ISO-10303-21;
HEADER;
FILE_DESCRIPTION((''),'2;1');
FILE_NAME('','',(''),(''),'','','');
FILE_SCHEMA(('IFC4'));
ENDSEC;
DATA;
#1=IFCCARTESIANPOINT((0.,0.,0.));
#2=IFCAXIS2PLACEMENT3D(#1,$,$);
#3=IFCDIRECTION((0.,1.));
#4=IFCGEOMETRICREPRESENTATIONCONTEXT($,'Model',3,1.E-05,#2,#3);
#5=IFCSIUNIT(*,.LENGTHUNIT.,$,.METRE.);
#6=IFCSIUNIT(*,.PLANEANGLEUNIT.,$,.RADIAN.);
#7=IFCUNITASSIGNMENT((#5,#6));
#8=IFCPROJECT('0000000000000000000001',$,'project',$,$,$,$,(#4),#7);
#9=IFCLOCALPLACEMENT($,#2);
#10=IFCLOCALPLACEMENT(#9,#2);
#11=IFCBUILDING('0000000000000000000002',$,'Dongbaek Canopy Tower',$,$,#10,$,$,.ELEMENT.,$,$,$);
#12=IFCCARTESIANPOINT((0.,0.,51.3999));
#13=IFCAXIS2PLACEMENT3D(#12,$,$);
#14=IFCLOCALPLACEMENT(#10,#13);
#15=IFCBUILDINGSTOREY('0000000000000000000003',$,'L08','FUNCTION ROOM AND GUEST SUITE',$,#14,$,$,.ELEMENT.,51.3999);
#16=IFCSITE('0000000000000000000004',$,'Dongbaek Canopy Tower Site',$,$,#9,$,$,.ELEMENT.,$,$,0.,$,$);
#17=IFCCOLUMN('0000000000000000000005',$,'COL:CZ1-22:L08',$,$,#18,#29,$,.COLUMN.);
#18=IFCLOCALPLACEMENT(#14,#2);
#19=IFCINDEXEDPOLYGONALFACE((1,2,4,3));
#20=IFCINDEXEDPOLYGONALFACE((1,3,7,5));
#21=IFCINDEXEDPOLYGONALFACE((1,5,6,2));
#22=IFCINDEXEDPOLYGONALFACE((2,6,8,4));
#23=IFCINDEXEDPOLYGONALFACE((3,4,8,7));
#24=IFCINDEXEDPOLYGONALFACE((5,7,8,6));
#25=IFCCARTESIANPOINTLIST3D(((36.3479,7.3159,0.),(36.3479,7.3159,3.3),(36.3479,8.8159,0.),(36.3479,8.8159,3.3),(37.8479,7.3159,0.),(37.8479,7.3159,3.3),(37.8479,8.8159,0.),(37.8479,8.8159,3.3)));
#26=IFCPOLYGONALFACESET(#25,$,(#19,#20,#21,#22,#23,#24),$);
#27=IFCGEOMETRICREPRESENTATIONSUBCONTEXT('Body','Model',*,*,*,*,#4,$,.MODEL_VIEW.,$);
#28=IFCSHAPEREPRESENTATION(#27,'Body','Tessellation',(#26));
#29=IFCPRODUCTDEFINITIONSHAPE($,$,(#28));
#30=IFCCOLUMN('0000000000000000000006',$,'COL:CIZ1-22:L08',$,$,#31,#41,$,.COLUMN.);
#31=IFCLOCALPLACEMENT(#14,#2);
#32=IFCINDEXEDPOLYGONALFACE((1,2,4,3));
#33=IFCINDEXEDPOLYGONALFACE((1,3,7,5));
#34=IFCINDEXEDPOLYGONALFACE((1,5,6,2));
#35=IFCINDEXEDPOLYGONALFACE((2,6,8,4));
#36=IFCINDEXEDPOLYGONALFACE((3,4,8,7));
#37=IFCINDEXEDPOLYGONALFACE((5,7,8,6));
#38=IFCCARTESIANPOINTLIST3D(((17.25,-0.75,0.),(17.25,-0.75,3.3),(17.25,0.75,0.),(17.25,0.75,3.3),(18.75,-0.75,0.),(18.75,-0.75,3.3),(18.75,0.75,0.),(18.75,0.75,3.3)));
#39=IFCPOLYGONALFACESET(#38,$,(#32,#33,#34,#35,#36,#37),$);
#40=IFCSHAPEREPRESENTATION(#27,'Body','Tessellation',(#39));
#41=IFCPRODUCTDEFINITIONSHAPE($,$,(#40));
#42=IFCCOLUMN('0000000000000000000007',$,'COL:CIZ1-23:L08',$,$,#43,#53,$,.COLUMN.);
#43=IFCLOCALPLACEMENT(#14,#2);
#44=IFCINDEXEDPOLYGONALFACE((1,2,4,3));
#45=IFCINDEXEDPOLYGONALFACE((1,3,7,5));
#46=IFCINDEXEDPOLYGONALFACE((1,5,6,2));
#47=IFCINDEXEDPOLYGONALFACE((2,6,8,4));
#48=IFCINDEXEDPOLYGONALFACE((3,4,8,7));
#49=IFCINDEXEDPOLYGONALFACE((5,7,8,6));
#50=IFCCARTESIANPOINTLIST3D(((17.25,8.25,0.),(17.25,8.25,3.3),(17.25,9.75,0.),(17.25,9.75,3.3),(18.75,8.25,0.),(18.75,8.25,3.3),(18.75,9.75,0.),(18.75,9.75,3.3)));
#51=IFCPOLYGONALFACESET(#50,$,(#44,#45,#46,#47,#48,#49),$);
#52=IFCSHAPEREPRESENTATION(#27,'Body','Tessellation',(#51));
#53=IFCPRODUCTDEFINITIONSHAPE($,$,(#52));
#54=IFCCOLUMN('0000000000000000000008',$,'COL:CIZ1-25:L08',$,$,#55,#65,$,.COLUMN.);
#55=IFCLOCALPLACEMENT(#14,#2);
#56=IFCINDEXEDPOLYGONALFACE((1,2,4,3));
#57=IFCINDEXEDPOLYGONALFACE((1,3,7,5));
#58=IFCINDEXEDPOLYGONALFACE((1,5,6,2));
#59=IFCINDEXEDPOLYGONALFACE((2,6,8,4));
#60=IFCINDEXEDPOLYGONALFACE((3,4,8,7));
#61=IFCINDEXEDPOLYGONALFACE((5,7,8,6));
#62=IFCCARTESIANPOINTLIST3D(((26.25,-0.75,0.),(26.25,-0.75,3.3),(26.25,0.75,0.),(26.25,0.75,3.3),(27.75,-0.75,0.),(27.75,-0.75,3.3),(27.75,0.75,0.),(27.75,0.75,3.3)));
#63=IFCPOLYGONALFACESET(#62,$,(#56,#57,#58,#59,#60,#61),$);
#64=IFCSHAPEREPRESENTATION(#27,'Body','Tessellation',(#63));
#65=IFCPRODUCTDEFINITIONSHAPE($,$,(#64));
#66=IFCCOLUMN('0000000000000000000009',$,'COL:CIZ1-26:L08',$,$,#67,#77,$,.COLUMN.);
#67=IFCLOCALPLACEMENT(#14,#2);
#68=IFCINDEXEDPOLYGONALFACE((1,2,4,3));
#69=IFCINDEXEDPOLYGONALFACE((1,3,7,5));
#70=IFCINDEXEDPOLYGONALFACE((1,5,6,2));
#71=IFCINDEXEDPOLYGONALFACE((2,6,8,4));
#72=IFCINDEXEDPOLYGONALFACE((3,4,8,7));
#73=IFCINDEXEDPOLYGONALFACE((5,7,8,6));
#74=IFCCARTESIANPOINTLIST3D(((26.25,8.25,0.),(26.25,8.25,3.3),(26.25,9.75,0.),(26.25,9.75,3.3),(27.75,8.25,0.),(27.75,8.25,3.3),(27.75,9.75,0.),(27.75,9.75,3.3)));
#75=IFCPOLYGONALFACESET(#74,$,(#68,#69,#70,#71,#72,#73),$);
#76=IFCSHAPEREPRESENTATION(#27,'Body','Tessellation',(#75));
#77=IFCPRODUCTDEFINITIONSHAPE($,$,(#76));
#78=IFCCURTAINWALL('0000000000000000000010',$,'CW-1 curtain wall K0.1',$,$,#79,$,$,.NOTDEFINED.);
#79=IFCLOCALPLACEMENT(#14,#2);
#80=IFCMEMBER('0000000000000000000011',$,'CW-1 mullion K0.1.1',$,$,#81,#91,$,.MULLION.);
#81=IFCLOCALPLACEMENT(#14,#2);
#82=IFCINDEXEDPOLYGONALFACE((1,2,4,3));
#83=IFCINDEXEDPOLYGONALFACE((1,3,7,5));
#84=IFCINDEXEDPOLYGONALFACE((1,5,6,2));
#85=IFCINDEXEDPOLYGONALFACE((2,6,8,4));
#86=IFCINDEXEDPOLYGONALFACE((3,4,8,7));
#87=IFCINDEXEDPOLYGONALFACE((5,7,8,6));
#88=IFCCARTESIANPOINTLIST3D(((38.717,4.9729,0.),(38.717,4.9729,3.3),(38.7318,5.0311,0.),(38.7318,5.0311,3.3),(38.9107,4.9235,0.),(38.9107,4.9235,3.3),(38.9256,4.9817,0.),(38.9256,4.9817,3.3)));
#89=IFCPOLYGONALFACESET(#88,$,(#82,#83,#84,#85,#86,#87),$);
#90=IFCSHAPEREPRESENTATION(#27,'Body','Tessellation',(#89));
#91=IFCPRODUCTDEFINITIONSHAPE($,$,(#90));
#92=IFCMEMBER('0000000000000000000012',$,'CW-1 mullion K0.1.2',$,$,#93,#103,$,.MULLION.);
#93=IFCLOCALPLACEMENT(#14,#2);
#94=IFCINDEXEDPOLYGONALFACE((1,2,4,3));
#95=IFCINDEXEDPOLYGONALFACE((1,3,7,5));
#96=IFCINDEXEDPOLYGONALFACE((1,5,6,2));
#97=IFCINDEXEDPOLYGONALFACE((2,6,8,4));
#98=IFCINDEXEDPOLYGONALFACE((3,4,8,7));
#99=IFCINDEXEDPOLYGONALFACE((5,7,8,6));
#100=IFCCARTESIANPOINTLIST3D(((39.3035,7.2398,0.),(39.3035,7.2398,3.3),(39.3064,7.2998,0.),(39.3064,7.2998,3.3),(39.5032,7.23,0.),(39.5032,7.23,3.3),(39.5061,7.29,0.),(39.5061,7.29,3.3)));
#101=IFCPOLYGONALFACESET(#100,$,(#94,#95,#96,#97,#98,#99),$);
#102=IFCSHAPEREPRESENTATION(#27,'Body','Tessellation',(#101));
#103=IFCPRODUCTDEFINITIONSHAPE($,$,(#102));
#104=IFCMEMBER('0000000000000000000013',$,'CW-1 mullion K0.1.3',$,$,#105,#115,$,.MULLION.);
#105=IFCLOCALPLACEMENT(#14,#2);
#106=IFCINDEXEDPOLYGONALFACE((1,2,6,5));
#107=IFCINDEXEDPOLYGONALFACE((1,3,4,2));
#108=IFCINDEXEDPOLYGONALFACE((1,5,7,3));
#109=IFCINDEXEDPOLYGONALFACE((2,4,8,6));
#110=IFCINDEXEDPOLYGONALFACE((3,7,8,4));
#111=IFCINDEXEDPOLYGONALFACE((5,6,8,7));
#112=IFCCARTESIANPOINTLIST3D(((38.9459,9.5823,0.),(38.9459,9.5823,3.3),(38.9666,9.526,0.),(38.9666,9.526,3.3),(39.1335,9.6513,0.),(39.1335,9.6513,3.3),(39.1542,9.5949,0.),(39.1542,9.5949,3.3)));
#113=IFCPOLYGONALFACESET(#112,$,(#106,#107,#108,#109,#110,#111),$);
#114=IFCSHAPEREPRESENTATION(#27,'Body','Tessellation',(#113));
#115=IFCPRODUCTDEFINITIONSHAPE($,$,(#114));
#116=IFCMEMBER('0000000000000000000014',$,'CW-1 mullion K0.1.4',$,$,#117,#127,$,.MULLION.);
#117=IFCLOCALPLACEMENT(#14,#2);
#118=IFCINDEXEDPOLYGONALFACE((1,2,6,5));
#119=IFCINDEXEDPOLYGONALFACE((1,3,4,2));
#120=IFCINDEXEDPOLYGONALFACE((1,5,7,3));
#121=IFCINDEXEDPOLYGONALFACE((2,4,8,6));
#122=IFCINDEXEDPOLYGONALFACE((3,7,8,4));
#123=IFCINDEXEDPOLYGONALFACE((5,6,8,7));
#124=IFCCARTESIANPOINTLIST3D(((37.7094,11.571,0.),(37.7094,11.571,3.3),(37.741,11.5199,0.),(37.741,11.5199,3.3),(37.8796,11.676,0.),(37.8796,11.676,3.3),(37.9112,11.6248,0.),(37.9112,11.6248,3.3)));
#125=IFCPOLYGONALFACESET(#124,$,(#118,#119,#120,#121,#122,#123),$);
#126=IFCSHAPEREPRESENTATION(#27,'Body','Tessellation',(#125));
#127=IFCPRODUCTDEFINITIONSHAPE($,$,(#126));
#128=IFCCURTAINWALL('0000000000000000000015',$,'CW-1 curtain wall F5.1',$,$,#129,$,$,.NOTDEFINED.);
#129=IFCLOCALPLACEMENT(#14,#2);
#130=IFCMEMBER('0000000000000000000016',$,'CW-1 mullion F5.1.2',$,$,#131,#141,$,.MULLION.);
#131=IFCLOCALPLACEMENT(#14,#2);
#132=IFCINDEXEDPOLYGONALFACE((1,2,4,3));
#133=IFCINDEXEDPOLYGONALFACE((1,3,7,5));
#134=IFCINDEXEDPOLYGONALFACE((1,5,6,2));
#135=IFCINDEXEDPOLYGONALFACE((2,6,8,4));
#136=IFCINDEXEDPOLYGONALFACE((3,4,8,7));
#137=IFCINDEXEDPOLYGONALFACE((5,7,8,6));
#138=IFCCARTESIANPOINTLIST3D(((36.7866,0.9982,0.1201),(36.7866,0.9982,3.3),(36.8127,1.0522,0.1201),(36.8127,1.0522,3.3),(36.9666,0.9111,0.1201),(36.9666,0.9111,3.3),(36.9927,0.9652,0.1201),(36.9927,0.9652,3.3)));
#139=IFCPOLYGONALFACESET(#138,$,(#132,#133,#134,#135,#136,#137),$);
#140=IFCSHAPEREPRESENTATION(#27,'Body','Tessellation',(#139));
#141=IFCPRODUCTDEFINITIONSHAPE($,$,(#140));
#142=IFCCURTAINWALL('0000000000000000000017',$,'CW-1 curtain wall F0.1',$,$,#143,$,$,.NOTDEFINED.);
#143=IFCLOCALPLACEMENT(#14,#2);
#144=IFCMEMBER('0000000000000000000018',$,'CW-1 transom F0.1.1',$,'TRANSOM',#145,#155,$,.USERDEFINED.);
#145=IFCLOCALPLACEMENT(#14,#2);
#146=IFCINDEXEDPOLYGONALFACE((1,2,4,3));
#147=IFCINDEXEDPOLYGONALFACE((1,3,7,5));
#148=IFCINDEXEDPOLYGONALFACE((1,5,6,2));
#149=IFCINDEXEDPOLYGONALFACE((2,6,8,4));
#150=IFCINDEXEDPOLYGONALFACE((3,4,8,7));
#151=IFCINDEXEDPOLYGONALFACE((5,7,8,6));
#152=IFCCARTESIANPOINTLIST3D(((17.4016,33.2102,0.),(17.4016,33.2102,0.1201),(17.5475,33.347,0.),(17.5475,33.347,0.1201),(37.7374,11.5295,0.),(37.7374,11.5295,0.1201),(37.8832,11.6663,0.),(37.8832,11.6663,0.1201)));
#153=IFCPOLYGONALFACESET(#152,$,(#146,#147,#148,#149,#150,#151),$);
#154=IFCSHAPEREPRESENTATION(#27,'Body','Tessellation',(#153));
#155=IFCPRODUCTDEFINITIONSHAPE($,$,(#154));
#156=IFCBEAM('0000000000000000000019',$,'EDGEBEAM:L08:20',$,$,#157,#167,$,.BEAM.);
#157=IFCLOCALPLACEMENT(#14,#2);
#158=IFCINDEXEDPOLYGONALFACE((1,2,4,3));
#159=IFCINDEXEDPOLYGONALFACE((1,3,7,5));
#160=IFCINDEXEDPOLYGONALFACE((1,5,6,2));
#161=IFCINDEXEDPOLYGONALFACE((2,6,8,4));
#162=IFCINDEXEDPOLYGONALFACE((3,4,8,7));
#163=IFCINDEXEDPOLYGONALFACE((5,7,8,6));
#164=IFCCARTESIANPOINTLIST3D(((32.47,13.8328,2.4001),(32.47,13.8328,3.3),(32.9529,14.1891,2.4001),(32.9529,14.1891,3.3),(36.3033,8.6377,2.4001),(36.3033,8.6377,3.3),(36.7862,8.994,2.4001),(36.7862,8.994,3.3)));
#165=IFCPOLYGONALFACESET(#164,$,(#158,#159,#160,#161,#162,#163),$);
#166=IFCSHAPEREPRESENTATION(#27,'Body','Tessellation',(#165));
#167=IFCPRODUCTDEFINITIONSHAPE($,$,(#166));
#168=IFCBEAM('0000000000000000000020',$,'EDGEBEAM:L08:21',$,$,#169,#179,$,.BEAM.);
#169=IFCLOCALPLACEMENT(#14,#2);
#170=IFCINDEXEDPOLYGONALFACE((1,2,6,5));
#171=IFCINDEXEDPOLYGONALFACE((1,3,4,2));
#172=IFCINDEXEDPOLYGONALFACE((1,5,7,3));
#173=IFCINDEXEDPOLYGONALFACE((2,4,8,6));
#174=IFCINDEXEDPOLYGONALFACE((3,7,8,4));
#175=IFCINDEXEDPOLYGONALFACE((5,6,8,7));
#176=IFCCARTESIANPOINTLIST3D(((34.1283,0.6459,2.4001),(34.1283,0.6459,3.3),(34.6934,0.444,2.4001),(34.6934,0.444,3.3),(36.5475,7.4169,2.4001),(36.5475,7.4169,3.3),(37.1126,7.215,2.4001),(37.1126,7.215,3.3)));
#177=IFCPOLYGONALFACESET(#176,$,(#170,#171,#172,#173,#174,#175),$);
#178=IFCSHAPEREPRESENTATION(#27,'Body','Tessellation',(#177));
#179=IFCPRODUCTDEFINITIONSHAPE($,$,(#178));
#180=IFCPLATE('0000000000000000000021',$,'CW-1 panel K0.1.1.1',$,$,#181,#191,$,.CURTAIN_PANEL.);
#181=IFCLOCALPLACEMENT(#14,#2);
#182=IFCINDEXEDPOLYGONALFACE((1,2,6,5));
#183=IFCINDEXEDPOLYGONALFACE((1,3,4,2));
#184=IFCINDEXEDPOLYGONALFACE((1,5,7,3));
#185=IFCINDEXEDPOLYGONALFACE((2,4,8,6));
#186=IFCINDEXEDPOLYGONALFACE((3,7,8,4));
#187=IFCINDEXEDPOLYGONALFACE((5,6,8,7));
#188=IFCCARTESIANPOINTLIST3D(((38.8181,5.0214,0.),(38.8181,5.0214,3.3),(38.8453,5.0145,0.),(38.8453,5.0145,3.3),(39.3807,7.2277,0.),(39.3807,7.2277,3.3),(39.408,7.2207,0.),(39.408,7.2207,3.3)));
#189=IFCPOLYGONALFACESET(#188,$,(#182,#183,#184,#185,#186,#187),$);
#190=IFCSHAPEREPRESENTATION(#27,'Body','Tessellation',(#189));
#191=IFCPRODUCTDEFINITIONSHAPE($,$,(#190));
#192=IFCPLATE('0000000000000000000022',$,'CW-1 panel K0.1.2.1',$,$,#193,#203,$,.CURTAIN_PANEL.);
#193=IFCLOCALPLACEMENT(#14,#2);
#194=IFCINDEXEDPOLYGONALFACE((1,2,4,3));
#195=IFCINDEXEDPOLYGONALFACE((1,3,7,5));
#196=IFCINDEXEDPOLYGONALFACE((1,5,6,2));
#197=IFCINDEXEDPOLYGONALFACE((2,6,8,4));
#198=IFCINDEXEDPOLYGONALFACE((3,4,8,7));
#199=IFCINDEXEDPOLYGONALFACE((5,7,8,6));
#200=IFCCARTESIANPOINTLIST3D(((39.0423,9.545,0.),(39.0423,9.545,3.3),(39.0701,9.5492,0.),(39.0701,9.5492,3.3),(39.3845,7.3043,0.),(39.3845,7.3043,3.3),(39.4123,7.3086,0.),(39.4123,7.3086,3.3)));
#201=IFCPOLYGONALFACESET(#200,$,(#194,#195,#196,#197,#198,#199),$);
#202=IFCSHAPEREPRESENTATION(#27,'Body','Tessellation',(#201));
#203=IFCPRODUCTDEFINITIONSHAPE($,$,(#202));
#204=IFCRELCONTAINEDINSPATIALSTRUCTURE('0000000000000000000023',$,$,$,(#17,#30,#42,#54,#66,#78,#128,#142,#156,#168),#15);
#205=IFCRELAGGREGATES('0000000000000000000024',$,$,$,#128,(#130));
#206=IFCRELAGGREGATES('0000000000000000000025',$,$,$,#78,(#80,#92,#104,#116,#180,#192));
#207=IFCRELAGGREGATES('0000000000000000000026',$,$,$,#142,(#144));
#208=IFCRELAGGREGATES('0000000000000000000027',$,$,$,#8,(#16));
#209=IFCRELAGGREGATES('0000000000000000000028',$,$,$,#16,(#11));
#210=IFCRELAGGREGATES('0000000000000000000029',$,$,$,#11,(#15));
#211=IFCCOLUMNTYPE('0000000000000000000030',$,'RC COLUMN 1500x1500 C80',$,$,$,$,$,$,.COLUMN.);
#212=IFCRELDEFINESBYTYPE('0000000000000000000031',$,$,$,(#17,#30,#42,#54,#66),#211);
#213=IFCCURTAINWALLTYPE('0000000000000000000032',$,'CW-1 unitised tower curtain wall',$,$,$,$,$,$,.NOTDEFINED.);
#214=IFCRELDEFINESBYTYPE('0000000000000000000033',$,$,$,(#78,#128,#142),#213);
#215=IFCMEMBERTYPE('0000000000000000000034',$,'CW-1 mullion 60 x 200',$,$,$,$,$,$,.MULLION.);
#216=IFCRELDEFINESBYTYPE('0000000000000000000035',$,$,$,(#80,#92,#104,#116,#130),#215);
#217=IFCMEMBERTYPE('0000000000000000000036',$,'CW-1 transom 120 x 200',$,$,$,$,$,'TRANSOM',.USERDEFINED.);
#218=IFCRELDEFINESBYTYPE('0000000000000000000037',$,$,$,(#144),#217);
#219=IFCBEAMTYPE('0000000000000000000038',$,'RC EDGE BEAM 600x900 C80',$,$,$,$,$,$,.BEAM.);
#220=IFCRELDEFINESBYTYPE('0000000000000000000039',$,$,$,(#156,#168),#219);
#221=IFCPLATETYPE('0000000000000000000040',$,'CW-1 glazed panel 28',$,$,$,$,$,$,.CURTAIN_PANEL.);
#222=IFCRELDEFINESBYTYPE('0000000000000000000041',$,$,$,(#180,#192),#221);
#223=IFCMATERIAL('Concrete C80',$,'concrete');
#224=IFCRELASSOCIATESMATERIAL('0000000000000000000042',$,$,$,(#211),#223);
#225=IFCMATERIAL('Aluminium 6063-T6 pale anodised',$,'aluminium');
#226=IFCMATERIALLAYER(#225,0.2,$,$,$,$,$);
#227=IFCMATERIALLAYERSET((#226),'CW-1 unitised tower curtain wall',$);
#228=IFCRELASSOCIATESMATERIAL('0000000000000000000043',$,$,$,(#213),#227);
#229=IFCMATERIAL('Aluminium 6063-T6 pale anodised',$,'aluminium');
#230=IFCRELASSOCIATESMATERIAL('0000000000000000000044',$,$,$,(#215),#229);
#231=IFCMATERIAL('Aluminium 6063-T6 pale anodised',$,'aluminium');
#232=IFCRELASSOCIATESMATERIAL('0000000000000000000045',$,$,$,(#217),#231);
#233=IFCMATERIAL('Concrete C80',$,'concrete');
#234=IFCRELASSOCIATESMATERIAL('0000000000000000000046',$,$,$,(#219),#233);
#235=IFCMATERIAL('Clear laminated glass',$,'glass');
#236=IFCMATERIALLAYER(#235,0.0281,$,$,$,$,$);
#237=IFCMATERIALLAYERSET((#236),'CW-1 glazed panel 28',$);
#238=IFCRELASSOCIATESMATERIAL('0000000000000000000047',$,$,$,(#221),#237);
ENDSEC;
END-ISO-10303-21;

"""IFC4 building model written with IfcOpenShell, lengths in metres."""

from ifc_helpers import new_model, si_unit, direction, frame, origin, origin_2d, place, context, subcontext, project, spatial, rectangle, extrude, material, layer, layer_set, material_profile, profile_set, type_object, element, aggregate, save


model = new_model("IFC4")

# Units and contexts
model_context = context("Model", 3, precision=1e-05, world=origin(), true_north=direction((0.0, 1.0)))
body_context = subcontext(model_context, "Body", "Model", "MODEL_VIEW")
ifc_project = project(units=[si_unit("LENGTHUNIT", "METRE"), si_unit("PLANEANGLEUNIT", "RADIAN")], contexts=[model_context])

# Site, building, storey
site_placement = place(None, origin())
site = spatial("IfcSite", under=ifc_project, at=site_placement, Name="Dongbaek Canopy Tower Site", CompositionType="ELEMENT", RefElevation=0.0)
building_placement = place(site_placement, origin())
building = spatial("IfcBuilding", under=site, at=building_placement, Name="Dongbaek Canopy Tower", CompositionType="ELEMENT")
storey_placement = place(building_placement, frame((0.0, 0.0, 51.3999)))
storey = spatial("IfcBuildingStorey", under=building, at=storey_placement, Name="L08", Description="FUNCTION ROOM AND GUEST SUITE", CompositionType="ELEMENT", Elevation=51.3999)

# Columns
ifc_material_1 = material(Name="Concrete C80", Category="concrete")
ifc_material_profile_1 = material_profile(ifc_material_1, rectangle(XDim=1.5, YDim=1.5, at=origin_2d()), Name="RC COLUMN 1500x1500 C80")
ifc_profile_set_1 = profile_set([ifc_material_profile_1], Name="Concrete C80")
column_type = type_object("IfcColumnType", Name="RC COLUMN 1500x1500 C80", PredefinedType="COLUMN", material=ifc_profile_set_1)
for number, where, z_axis, x_axis, name in (
    (1, (37.0979, 8.0659, 0.0), (0.0, 0.0, 1.0), (1.0, 0.0, 0.0), "COL:CZ1-22:L08"),
    (2, (18.0, 0.0, 0.0), (0.0, 0.0, 1.0), (1.0, 0.0, 0.0), "COL:CIZ1-22:L08"),
    (3, (18.0, 9.0, 0.0), (0.0, 0.0, 1.0), (1.0, 0.0, 0.0), "COL:CIZ1-23:L08"),
    (4, (27.0, 0.0, 0.0), (0.0, 0.0, 1.0), (1.0, 0.0, 0.0), "COL:CIZ1-25:L08"),
    (5, (27.0, 9.0, 0.0), (0.0, 0.0, 1.0), (1.0, 0.0, 0.0), "COL:CIZ1-26:L08"),
):
    element("IfcColumn", number, at=place(storey_placement, frame(where, z_axis=z_axis, x_axis=x_axis)), inside=storey, type_object=column_type, Name=name, PredefinedType="COLUMN", context=body_context, shape_type="SweptSolid", body=[
        extrude(rectangle(XDim=1.5, YDim=1.5, at=origin_2d()), origin(), (0.0, 0.0, 1.0), 3.3),
    ])

# Curtain wall, members
ifc_material_2 = material(Name="Aluminium 6063-T6 pale anodised", Category="aluminium")
ifc_layer_1 = layer(ifc_material_2, 0.2)
ifc_layer_set_1 = layer_set([ifc_layer_1], Name="CW-1 unitised tower curtain wall")
curtain_wall_type = type_object("IfcCurtainWallType", Name="CW-1 unitised tower curtain wall", PredefinedType="NOTDEFINED", material=ifc_layer_set_1)
curtain_wall_1_placement = place(storey_placement, origin())
curtain_wall_1 = element("IfcCurtainWall", 6, at=curtain_wall_1_placement, inside=storey, type_object=curtain_wall_type, Name="CW-1 curtain wall K0.1", PredefinedType="NOTDEFINED")
ifc_material_3 = material(Name="Aluminium 6063-T6 pale anodised", Category="aluminium")
ifc_material_profile_2 = material_profile(ifc_material_3, rectangle(XDim=0.2, YDim=0.0601, at=origin_2d()), Name="CW-1 mullion 60 x 200")
ifc_profile_set_2 = profile_set([ifc_material_profile_2], Name="Aluminium 6063-T6 pale anodised")
member_type_1 = type_object("IfcMemberType", Name="CW-1 mullion 60 x 200", PredefinedType="MULLION", material=ifc_profile_set_2)
member_1_placement = place(storey_placement, frame((38.8213, 4.9773, 0.0), z_axis=(0.0, 0.0, 1.0), x_axis=(0.968988, -0.247106, 0.0)))
member_1 = element("IfcMember", 7, at=member_1_placement, type_object=member_type_1, Name="CW-1 mullion K0.1.1", PredefinedType="MULLION", context=body_context, shape_type="SweptSolid", body=[
    extrude(rectangle(XDim=0.2, YDim=0.0601, at=origin_2d()), origin(), (0.0, 0.0, 1.0), 3.3),
])
member_2_placement = place(storey_placement, frame((39.4048, 7.2649, 0.0), z_axis=(0.0, 0.0, 1.0), x_axis=(0.998796, -0.049055, 0.0)))
member_2 = element("IfcMember", 8, at=member_2_placement, type_object=member_type_1, Name="CW-1 mullion K0.1.2", PredefinedType="MULLION", context=body_context, shape_type="SweptSolid", body=[
    extrude(rectangle(XDim=0.2, YDim=0.0601, at=origin_2d()), origin(), (0.0, 0.0, 1.0), 3.3),
])
member_3_placement = place(storey_placement, frame((39.05, 9.5886, 0.0), z_axis=(0.0, 0.0, 1.0), x_axis=(0.938629, 0.344927, 0.0)))
member_3 = element("IfcMember", 9, at=member_3_placement, type_object=member_type_1, Name="CW-1 mullion K0.1.3", PredefinedType="MULLION", context=body_context, shape_type="SweptSolid", body=[
    extrude(rectangle(XDim=0.2, YDim=0.0601, at=origin_2d()), origin(), (0.0, 0.0, 1.0), 3.3),
])
member_4_placement = place(storey_placement, frame((37.8103, 11.5979, 0.0), z_axis=(0.0, 0.0, 1.0), x_axis=(0.851069, 0.525054, 0.0)))
member_4 = element("IfcMember", 10, at=member_4_placement, type_object=member_type_1, Name="CW-1 mullion K0.1.4", PredefinedType="MULLION", context=body_context, shape_type="SweptSolid", body=[
    extrude(rectangle(XDim=0.2, YDim=0.0601, at=origin_2d()), origin(), (0.0, 0.0, 1.0), 3.3),
])

# Curtain walls, members
curtain_wall_2_placement = place(storey_placement, origin())
curtain_wall_2 = element("IfcCurtainWall", 11, at=curtain_wall_2_placement, inside=storey, type_object=curtain_wall_type, Name="CW-1 curtain wall F5.1", PredefinedType="NOTDEFINED")
member_5_placement = place(storey_placement, frame((36.8896, 0.9817, 0.1201), z_axis=(0.0, 0.0, 1.0), x_axis=(0.900312, -0.435245, 0.0)))
member_5 = element("IfcMember", 12, at=member_5_placement, type_object=member_type_1, Name="CW-1 mullion F5.1.2", PredefinedType="MULLION", context=body_context, shape_type="SweptSolid", body=[
    extrude(rectangle(XDim=0.2, YDim=0.0601, at=origin_2d()), origin(), (0.0, 0.0, 1.0), 3.1799),
])
curtain_wall_3_placement = place(storey_placement, origin())
curtain_wall_3 = element("IfcCurtainWall", 13, at=curtain_wall_3_placement, inside=storey, type_object=curtain_wall_type, Name="CW-1 curtain wall F0.1", PredefinedType="NOTDEFINED")
ifc_material_4 = material(Name="Aluminium 6063-T6 pale anodised", Category="aluminium")
ifc_material_profile_3 = material_profile(ifc_material_4, rectangle(XDim=0.2, YDim=0.1201, at=origin_2d()), Name="CW-1 transom 120 x 200")
ifc_profile_set_3 = profile_set([ifc_material_profile_3], Name="Aluminium 6063-T6 pale anodised")
member_type_2 = type_object("IfcMemberType", Name="CW-1 transom 120 x 200", ElementType="TRANSOM", PredefinedType="USERDEFINED", material=ifc_profile_set_3)
member_6_placement = place(storey_placement, frame((37.8103, 11.5979, 0.0601), z_axis=(-0.684121, 0.729368, 0.0), x_axis=(-0.729368, -0.684121, 0.0)))
member_6 = element("IfcMember", 14, at=member_6_placement, type_object=member_type_2, Name="CW-1 transom F0.1.1", ObjectType="TRANSOM", PredefinedType="USERDEFINED", context=body_context, shape_type="SweptSolid", body=[
    extrude(rectangle(XDim=0.2, YDim=0.1201, at=origin_2d()), origin(), (0.0, 0.0, 1.0), 29.7253),
])

# Beams
ifc_material_5 = material(Name="Concrete C80", Category="concrete")
ifc_material_profile_4 = material_profile(ifc_material_5, rectangle(XDim=0.6001, YDim=0.8999, at=origin_2d()), Name="RC EDGE BEAM 600x900 C80")
ifc_profile_set_4 = profile_set([ifc_material_profile_4], Name="Concrete C80")
beam_type = type_object("IfcBeamType", Name="RC EDGE BEAM 600x900 C80", PredefinedType="BEAM", material=ifc_profile_set_4)
beam_1_placement = place(storey_placement, frame((32.7114, 14.011, 2.8501), z_axis=(0.593732, -0.804663, 0.0), x_axis=(0.804663, 0.593732, 0.0)))
element("IfcBeam", 15, at=beam_1_placement, inside=storey, type_object=beam_type, Name="EDGEBEAM:L08:20", PredefinedType="BEAM", context=body_context, shape_type="SweptSolid", body=[
    extrude(rectangle(XDim=0.6001, YDim=0.8999, at=origin_2d()), origin(), (0.0, 0.0, 1.0), 6.4563),
])
beam_2_placement = place(storey_placement, frame((36.8301, 7.3159, 2.8501), z_axis=(-0.336457, -0.941699, 0.0), x_axis=(0.941699, -0.336457, 0.0)))
element("IfcBeam", 16, at=beam_2_placement, inside=storey, type_object=beam_type, Name="EDGEBEAM:L08:21", PredefinedType="BEAM", context=body_context, shape_type="SweptSolid", body=[
    extrude(rectangle(XDim=0.6001, YDim=0.8999, at=origin_2d()), origin(), (0.0, 0.0, 1.0), 7.1902),
])

# Plates
ifc_material_6 = material(Name="Clear laminated glass", Category="glass")
ifc_layer_2 = layer(ifc_material_6, 0.0281)
ifc_layer_set_2 = layer_set([ifc_layer_2], Name="CW-1 glazed panel 28")
plate_type = type_object("IfcPlateType", Name="CW-1 glazed panel 28", PredefinedType="CURTAIN_PANEL", material=ifc_layer_set_2)
plate_1_placement = place(storey_placement, frame((39.113, 6.1211, 0.0), z_axis=(0.0, 0.0, 1.0), x_axis=(0.247106, 0.968988, 0.0)))
plate_1 = element("IfcPlate", 17, at=plate_1_placement, type_object=plate_type, Name="CW-1 panel K0.1.1.1", PredefinedType="CURTAIN_PANEL", context=body_context, shape_type="SweptSolid", body=[
    extrude(rectangle(XDim=2.2769, YDim=0.0281, at=origin_2d()), origin(), (0.0, 0.0, 1.0), 3.3),
])
plate_2_placement = place(storey_placement, frame((39.2273, 8.4268, 0.0), z_axis=(0.0, 0.0, 1.0), x_axis=(-0.150964, 0.988539, 0.0)))
plate_2 = element("IfcPlate", 18, at=plate_2_placement, type_object=plate_type, Name="CW-1 panel K0.1.2.1", PredefinedType="CURTAIN_PANEL", context=body_context, shape_type="SweptSolid", body=[
    extrude(rectangle(XDim=2.2666, YDim=0.0281, at=origin_2d()), origin(), (0.0, 0.0, 1.0), 3.3),
])

aggregate(curtain_wall_2, [member_5])
aggregate(curtain_wall_1, [member_1, member_2, member_3, member_4, plate_1, plate_2])
aggregate(curtain_wall_3, [member_6])

save(model, "model.ifc")
